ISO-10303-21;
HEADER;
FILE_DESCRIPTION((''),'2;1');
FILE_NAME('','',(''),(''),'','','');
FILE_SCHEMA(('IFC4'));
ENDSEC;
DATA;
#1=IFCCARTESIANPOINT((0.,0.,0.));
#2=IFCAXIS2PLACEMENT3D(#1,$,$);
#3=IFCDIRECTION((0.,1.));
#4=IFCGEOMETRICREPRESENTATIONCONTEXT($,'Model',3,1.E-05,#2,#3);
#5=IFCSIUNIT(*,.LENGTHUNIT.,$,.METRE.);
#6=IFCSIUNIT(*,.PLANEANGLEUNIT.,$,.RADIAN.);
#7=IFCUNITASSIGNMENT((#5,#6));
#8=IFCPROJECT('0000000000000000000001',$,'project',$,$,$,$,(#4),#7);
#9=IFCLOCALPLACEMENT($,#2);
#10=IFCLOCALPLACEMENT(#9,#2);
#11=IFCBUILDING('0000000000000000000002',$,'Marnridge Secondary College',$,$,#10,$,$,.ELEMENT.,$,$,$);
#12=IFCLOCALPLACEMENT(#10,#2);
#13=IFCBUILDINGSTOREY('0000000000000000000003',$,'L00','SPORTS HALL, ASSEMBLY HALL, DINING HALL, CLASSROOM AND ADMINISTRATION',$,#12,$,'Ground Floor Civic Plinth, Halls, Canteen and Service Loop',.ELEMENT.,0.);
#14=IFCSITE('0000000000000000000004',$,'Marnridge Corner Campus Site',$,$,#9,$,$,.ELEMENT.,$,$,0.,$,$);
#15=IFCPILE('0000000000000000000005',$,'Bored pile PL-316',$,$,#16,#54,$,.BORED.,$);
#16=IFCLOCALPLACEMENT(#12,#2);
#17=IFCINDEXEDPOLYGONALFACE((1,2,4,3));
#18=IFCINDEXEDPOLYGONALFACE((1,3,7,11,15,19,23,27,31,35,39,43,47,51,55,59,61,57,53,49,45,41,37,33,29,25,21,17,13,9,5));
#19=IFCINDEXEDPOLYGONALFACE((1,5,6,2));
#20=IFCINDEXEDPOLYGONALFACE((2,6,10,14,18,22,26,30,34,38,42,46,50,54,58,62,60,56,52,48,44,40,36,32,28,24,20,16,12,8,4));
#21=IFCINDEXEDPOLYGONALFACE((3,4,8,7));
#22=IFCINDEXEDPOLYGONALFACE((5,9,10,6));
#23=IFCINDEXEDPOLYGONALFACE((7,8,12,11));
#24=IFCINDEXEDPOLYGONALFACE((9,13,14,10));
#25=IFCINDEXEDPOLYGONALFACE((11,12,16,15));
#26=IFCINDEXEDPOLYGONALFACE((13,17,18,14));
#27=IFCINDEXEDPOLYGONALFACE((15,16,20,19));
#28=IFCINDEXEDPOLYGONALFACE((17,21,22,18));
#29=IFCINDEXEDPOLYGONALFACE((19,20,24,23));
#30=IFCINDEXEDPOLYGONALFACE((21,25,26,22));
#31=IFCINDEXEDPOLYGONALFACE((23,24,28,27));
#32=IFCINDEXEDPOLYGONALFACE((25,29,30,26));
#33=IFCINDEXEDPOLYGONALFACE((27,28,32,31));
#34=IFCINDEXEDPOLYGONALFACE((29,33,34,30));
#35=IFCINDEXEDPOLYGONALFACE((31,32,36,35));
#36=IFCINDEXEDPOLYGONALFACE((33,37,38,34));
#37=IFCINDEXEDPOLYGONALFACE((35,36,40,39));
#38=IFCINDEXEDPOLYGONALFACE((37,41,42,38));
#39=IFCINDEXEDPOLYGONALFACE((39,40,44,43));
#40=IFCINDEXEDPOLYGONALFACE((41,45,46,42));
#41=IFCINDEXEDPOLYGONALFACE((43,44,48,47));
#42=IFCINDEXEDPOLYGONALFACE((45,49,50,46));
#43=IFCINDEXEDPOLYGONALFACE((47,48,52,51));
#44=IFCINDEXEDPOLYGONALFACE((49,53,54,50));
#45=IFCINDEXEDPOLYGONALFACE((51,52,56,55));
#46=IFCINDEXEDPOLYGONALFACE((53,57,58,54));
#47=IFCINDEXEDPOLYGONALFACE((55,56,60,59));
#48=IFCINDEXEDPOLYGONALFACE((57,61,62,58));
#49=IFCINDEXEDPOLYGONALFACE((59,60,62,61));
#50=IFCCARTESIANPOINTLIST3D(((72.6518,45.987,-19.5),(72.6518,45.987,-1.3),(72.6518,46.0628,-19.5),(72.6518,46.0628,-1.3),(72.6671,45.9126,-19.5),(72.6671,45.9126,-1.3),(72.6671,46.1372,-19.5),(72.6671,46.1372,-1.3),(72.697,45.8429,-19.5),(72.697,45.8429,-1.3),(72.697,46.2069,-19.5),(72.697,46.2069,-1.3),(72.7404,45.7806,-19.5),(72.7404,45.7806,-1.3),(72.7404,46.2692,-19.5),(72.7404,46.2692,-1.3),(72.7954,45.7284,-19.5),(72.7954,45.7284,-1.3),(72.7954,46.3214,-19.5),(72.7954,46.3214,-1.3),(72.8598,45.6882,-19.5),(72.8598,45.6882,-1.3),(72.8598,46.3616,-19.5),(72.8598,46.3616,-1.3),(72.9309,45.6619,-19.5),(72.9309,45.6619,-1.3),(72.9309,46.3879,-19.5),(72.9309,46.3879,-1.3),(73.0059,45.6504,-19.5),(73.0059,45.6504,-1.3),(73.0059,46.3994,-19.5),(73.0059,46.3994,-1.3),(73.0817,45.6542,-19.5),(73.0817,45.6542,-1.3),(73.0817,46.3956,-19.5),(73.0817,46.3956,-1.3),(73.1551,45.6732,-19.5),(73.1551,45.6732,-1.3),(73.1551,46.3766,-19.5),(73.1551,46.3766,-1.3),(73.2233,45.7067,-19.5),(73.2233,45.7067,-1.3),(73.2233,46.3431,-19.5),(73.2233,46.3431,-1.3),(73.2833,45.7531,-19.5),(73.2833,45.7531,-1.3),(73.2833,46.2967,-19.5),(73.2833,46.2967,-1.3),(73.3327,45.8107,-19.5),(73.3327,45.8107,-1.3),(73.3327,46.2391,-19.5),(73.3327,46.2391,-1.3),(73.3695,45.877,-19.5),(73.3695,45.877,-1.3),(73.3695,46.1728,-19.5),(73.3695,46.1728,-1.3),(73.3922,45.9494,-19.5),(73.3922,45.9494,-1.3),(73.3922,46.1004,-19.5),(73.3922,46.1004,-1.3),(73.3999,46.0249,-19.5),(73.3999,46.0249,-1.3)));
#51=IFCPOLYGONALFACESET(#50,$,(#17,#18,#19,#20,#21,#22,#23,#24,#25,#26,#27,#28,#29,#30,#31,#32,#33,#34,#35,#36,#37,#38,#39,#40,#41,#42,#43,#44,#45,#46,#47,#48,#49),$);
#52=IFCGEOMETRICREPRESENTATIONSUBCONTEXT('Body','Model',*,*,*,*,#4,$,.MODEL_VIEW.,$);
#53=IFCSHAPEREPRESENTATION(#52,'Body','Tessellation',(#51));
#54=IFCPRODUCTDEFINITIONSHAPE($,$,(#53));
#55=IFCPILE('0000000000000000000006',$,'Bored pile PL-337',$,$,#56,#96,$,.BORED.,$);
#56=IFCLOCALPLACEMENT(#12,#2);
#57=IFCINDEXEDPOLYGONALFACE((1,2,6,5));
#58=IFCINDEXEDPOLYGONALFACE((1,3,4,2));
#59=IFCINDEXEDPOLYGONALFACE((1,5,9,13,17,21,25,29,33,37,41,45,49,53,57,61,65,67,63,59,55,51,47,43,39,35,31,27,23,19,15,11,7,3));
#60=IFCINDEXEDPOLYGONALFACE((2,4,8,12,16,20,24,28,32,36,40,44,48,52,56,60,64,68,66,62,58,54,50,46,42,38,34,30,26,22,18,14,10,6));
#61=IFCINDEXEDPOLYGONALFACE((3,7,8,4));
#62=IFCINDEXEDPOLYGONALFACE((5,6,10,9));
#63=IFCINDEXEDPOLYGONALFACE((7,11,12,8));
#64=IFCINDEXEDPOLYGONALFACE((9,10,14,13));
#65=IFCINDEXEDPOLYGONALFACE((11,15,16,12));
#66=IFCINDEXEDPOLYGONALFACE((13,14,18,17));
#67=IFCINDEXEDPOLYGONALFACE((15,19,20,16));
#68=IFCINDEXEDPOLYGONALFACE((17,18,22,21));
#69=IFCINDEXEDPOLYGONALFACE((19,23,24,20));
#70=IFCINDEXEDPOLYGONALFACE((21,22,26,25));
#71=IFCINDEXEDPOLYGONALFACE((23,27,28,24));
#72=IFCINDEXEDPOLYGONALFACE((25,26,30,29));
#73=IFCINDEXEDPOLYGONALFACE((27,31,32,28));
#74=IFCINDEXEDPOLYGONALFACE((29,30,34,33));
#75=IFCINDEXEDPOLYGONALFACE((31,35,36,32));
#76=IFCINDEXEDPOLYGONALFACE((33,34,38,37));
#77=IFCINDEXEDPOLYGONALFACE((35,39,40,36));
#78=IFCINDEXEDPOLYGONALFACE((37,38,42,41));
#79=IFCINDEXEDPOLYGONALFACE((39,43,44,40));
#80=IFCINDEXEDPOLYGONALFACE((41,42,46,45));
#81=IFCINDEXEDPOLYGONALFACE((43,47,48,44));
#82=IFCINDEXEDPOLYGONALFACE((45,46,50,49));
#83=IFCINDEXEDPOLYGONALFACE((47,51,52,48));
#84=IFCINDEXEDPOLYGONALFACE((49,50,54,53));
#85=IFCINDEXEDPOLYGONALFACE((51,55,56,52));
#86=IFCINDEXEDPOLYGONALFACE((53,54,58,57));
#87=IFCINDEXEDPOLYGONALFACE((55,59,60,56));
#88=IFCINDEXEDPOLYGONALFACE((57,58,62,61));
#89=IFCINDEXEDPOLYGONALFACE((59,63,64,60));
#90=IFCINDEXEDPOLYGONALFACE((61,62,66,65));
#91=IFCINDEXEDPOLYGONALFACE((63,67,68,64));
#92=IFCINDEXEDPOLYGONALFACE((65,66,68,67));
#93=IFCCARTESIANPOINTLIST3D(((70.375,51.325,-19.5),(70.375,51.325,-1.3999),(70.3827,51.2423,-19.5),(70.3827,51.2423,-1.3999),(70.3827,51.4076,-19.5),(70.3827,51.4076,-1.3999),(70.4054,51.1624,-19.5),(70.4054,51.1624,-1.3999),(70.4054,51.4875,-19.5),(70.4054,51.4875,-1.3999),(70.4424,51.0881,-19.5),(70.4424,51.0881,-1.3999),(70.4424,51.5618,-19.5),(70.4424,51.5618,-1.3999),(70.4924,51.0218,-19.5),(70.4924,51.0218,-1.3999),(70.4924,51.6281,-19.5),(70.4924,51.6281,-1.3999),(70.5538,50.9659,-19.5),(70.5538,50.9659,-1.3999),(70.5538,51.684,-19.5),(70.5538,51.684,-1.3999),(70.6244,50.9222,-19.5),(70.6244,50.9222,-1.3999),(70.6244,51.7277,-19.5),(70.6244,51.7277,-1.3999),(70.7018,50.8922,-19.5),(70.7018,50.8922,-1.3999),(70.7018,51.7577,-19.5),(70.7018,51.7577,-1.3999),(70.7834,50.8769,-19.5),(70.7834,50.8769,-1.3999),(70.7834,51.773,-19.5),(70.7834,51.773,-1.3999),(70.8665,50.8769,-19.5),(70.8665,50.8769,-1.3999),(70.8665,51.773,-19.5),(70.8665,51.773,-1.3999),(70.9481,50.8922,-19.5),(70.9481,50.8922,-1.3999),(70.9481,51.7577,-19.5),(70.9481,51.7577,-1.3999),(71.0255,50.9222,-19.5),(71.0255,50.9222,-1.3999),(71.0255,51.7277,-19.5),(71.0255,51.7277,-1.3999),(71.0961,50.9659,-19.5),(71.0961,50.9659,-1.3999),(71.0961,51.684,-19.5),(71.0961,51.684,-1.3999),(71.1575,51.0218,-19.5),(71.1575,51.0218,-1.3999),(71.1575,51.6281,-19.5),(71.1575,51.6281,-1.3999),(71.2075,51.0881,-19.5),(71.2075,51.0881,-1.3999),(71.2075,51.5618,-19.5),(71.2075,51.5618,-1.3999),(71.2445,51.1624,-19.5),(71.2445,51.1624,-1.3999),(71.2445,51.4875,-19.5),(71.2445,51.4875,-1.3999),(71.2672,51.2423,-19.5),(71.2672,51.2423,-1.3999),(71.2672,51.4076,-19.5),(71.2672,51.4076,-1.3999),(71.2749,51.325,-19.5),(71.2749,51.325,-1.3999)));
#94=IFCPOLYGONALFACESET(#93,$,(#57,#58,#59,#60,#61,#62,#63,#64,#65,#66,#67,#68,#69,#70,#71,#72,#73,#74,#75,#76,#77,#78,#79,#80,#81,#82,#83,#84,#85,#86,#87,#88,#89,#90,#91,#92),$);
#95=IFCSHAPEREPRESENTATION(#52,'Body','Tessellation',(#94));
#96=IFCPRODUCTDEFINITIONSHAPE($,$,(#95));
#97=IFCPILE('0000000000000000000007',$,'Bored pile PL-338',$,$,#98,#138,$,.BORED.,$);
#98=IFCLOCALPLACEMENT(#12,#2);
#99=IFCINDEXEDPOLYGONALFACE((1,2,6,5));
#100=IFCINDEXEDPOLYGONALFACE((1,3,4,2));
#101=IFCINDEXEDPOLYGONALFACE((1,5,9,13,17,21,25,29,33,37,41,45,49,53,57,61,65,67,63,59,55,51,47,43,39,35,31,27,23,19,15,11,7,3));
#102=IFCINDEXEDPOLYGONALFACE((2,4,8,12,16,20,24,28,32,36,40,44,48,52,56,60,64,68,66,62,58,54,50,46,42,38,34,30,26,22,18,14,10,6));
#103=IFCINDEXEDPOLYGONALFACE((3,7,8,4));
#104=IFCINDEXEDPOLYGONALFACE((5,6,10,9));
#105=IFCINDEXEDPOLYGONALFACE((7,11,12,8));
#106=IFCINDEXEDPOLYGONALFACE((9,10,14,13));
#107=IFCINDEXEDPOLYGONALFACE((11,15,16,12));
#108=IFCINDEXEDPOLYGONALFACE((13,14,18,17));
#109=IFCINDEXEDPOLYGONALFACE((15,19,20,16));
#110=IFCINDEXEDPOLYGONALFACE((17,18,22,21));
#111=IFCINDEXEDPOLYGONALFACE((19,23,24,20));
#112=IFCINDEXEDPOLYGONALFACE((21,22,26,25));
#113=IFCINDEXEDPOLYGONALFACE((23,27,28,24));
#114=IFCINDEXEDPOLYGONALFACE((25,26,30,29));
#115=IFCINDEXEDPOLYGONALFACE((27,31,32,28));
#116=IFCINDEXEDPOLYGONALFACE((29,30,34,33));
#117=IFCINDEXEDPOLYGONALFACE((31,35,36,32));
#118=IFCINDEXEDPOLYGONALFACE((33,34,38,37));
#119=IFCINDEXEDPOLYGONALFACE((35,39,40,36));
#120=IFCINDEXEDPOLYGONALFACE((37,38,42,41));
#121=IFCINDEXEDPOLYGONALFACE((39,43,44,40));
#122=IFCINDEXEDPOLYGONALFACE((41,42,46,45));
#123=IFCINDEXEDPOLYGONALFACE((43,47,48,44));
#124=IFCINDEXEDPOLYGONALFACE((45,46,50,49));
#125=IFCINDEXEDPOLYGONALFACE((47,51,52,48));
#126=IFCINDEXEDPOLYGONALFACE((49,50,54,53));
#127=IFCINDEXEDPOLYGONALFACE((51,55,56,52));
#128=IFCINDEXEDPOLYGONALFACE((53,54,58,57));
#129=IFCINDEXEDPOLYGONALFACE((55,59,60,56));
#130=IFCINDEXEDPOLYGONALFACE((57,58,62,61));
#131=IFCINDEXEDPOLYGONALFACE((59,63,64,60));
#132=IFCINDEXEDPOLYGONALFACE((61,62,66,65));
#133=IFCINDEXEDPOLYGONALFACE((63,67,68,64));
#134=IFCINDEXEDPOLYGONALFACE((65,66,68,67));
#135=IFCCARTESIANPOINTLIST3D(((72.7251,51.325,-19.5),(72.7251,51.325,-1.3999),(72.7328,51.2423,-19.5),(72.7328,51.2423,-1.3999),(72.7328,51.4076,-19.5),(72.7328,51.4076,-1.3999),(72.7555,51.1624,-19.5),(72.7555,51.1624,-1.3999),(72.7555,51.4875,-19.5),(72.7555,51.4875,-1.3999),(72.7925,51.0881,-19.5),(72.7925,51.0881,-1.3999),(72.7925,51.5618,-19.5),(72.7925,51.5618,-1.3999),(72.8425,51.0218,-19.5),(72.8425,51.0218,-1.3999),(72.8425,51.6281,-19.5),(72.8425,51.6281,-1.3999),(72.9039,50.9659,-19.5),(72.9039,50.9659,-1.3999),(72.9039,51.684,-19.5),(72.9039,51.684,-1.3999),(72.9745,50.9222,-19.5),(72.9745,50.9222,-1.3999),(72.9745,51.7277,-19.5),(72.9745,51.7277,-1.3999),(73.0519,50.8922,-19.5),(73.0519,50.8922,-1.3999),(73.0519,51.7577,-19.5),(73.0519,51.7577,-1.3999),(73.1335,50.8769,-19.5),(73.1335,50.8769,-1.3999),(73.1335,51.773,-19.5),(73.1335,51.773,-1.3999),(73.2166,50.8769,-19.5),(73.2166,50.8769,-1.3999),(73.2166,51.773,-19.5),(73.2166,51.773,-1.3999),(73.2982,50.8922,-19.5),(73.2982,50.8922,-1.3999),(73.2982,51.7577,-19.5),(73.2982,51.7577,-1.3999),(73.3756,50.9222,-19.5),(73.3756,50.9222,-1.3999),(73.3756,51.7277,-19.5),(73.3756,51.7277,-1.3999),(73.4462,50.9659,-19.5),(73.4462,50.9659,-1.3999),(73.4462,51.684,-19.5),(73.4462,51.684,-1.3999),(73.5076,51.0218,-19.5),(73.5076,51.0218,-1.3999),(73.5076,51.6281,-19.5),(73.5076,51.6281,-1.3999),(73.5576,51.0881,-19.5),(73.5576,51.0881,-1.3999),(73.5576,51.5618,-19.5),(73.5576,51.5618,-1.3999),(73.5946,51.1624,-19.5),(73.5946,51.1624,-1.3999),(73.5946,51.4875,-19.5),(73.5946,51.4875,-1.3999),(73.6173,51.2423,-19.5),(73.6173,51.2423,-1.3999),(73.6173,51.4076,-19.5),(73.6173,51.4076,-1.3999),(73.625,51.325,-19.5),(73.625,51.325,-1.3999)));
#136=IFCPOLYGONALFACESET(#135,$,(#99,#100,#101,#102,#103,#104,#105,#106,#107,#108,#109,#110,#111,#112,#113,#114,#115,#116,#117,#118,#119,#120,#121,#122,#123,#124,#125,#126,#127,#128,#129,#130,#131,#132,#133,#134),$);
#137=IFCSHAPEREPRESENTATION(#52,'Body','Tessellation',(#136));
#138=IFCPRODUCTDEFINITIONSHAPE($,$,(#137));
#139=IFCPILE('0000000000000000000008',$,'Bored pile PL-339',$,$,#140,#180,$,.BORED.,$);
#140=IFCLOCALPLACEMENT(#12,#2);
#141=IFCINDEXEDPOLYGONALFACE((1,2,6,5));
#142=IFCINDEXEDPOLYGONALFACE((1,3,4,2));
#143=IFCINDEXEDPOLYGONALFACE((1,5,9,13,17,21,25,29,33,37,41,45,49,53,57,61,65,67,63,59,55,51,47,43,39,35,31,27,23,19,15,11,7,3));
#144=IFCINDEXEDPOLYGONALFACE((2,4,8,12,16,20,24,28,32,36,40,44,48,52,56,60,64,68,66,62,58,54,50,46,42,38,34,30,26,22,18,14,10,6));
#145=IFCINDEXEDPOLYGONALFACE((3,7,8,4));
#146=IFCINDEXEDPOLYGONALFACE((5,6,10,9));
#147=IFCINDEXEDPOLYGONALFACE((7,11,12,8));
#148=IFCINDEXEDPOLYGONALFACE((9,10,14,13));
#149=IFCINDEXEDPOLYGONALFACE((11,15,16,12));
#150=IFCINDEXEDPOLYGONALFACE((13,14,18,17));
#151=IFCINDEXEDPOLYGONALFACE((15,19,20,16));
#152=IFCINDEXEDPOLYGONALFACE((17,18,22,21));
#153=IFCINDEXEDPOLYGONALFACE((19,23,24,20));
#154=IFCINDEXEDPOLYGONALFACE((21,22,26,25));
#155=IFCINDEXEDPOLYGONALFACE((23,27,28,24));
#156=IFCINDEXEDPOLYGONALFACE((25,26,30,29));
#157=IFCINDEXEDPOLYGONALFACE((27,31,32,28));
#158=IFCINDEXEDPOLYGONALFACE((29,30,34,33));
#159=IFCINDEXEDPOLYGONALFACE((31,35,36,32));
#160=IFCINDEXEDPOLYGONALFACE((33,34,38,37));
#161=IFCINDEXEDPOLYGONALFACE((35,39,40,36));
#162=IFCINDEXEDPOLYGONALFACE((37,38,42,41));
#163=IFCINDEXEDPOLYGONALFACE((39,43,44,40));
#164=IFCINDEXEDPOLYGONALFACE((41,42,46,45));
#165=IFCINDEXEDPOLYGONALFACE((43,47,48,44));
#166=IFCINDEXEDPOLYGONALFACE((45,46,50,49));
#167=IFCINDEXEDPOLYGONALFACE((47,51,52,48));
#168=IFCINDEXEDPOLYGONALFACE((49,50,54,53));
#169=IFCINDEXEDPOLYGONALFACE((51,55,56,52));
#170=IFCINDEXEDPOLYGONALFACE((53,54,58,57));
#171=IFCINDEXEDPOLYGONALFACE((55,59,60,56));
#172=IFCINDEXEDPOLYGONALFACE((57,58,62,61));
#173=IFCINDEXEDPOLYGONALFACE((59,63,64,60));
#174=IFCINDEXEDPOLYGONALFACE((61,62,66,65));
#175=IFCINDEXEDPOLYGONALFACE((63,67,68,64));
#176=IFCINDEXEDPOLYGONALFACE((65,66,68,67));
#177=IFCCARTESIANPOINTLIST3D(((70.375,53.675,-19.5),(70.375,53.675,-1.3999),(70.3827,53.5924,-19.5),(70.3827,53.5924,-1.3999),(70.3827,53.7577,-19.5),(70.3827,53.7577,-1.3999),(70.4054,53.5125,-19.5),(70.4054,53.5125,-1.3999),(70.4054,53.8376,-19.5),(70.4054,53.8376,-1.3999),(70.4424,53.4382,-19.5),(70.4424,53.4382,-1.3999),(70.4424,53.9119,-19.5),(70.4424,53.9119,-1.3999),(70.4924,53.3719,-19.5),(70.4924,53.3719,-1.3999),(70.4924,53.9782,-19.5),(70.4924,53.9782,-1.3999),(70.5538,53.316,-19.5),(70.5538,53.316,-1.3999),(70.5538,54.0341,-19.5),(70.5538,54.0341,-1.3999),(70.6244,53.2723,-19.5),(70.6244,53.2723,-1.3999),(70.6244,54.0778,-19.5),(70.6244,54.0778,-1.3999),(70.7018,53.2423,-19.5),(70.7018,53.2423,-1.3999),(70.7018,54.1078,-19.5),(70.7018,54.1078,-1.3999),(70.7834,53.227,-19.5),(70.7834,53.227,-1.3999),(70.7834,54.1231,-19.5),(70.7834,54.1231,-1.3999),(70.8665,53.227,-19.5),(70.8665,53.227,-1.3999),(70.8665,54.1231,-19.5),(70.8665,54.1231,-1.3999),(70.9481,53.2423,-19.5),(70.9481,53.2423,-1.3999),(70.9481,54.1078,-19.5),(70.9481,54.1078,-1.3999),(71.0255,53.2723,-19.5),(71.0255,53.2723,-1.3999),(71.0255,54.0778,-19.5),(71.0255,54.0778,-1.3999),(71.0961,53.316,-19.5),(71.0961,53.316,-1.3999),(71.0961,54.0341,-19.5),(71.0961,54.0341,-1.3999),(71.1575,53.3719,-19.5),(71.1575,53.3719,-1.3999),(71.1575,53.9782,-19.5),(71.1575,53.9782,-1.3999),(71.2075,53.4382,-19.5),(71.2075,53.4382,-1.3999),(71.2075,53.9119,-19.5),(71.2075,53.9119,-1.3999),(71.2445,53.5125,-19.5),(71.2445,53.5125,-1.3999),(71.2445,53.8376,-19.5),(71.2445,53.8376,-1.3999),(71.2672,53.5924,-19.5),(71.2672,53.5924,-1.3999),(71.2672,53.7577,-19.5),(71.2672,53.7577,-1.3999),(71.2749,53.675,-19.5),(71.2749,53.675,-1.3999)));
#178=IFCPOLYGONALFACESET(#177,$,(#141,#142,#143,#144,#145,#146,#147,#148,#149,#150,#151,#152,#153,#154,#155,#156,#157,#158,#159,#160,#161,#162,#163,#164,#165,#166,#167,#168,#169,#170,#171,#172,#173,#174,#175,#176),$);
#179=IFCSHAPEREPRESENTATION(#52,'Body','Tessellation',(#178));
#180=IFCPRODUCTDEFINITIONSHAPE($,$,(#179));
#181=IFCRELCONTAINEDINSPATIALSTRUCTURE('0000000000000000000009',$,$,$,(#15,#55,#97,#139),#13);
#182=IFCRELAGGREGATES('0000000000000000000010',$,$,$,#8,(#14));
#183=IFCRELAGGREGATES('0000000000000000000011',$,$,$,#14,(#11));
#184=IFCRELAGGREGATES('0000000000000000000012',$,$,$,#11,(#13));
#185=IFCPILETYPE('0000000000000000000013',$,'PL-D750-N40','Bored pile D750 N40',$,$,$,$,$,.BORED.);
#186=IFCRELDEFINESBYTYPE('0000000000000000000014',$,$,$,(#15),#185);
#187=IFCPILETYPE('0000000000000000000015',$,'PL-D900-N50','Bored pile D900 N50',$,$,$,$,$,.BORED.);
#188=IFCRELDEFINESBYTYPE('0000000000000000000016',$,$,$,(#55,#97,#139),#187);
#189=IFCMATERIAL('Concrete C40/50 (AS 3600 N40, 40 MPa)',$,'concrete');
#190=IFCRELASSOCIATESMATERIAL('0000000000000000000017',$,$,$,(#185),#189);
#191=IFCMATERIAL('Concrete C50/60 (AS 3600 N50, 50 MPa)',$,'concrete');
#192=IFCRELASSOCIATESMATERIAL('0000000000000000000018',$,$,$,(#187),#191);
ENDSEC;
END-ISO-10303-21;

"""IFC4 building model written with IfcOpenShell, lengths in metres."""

from ifc_helpers import new_model, si_unit, direction, frame, origin, origin_2d, place, context, subcontext, project, spatial, circle, extrude, material, material_profile, profile_set, type_object, element, save


model = new_model("IFC4")

# Units and contexts
model_context = context("Model", 3, precision=1e-05, world=origin(), true_north=direction((0.0, 1.0)))
body_context = subcontext(model_context, "Body", "Model", "MODEL_VIEW")
ifc_project = project(units=[si_unit("LENGTHUNIT", "METRE"), si_unit("PLANEANGLEUNIT", "RADIAN")], contexts=[model_context])

# Site, building, storey
site_placement = place(None, origin())
site = spatial("IfcSite", under=ifc_project, at=site_placement, Name="Marnridge Corner Campus Site", CompositionType="ELEMENT", RefElevation=0.0)
building_placement = place(site_placement, origin())
building = spatial("IfcBuilding", under=site, at=building_placement, Name="Marnridge Secondary College", CompositionType="ELEMENT")
storey_placement = place(building_placement, origin())
storey = spatial("IfcBuildingStorey", under=building, at=storey_placement, Name="L00", Description="SPORTS HALL, ASSEMBLY HALL, DINING HALL, CLASSROOM AND ADMINISTRATION", LongName="Ground Floor Civic Plinth, Halls, Canteen and Service Loop", CompositionType="ELEMENT", Elevation=0.0)

# Piles
ifc_material_1 = material(Name="Concrete C40/50 (AS 3600 N40, 40 MPa)", Category="concrete")
ifc_material_profile_1 = material_profile(ifc_material_1, circle(Radius=0.375, at=origin_2d()), Name="PILE D750")
ifc_profile_set_1 = profile_set([ifc_material_profile_1], Name="Concrete C40/50 (AS 3600 N40, 40 MPa)")
pile_type_1 = type_object("IfcPileType", Name="PL-D750-N40", Description="Bored pile D750 N40", PredefinedType="BORED", material=ifc_profile_set_1)
for number, where, z_axis, x_axis, name in (
    (1, (73.0249, 46.0249, -1.3), (0.0, 0.0, -1.0), (1.0, 0.0, 0.0), "Bored pile PL-316"),
):
    element("IfcPile", number, at=place(storey_placement, frame(where, z_axis=z_axis, x_axis=x_axis)), inside=storey, type_object=pile_type_1, Name=name, PredefinedType="BORED", context=body_context, shape_type="SweptSolid", body=[
        extrude(circle(Radius=0.375, at=origin_2d()), origin(), (0.0, 0.0, 1.0), 18.2),
    ])
ifc_material_2 = material(Name="Concrete C50/60 (AS 3600 N50, 50 MPa)", Category="concrete")
ifc_material_profile_2 = material_profile(ifc_material_2, circle(Radius=0.45, at=origin_2d()), Name="PILE D900")
ifc_profile_set_2 = profile_set([ifc_material_profile_2], Name="Concrete C50/60 (AS 3600 N50, 50 MPa)")
pile_type_2 = type_object("IfcPileType", Name="PL-D900-N50", Description="Bored pile D900 N50", PredefinedType="BORED", material=ifc_profile_set_2)
for number, where, z_axis, x_axis, name in (
    (2, (70.825, 51.325, -1.3999), (0.0, 0.0, -1.0), (1.0, 0.0, 0.0), "Bored pile PL-337"),
    (3, (73.175, 51.325, -1.3999), (0.0, 0.0, -1.0), (1.0, 0.0, 0.0), "Bored pile PL-338"),
    (4, (70.825, 53.675, -1.3999), (0.0, 0.0, -1.0), (1.0, 0.0, 0.0), "Bored pile PL-339"),
):
    element("IfcPile", number, at=place(storey_placement, frame(where, z_axis=z_axis, x_axis=x_axis)), inside=storey, type_object=pile_type_2, Name=name, PredefinedType="BORED", context=body_context, shape_type="SweptSolid", body=[
        extrude(circle(Radius=0.45, at=origin_2d()), origin(), (0.0, 0.0, 1.0), 18.1001),
    ])

save(model, "model.ifc")
